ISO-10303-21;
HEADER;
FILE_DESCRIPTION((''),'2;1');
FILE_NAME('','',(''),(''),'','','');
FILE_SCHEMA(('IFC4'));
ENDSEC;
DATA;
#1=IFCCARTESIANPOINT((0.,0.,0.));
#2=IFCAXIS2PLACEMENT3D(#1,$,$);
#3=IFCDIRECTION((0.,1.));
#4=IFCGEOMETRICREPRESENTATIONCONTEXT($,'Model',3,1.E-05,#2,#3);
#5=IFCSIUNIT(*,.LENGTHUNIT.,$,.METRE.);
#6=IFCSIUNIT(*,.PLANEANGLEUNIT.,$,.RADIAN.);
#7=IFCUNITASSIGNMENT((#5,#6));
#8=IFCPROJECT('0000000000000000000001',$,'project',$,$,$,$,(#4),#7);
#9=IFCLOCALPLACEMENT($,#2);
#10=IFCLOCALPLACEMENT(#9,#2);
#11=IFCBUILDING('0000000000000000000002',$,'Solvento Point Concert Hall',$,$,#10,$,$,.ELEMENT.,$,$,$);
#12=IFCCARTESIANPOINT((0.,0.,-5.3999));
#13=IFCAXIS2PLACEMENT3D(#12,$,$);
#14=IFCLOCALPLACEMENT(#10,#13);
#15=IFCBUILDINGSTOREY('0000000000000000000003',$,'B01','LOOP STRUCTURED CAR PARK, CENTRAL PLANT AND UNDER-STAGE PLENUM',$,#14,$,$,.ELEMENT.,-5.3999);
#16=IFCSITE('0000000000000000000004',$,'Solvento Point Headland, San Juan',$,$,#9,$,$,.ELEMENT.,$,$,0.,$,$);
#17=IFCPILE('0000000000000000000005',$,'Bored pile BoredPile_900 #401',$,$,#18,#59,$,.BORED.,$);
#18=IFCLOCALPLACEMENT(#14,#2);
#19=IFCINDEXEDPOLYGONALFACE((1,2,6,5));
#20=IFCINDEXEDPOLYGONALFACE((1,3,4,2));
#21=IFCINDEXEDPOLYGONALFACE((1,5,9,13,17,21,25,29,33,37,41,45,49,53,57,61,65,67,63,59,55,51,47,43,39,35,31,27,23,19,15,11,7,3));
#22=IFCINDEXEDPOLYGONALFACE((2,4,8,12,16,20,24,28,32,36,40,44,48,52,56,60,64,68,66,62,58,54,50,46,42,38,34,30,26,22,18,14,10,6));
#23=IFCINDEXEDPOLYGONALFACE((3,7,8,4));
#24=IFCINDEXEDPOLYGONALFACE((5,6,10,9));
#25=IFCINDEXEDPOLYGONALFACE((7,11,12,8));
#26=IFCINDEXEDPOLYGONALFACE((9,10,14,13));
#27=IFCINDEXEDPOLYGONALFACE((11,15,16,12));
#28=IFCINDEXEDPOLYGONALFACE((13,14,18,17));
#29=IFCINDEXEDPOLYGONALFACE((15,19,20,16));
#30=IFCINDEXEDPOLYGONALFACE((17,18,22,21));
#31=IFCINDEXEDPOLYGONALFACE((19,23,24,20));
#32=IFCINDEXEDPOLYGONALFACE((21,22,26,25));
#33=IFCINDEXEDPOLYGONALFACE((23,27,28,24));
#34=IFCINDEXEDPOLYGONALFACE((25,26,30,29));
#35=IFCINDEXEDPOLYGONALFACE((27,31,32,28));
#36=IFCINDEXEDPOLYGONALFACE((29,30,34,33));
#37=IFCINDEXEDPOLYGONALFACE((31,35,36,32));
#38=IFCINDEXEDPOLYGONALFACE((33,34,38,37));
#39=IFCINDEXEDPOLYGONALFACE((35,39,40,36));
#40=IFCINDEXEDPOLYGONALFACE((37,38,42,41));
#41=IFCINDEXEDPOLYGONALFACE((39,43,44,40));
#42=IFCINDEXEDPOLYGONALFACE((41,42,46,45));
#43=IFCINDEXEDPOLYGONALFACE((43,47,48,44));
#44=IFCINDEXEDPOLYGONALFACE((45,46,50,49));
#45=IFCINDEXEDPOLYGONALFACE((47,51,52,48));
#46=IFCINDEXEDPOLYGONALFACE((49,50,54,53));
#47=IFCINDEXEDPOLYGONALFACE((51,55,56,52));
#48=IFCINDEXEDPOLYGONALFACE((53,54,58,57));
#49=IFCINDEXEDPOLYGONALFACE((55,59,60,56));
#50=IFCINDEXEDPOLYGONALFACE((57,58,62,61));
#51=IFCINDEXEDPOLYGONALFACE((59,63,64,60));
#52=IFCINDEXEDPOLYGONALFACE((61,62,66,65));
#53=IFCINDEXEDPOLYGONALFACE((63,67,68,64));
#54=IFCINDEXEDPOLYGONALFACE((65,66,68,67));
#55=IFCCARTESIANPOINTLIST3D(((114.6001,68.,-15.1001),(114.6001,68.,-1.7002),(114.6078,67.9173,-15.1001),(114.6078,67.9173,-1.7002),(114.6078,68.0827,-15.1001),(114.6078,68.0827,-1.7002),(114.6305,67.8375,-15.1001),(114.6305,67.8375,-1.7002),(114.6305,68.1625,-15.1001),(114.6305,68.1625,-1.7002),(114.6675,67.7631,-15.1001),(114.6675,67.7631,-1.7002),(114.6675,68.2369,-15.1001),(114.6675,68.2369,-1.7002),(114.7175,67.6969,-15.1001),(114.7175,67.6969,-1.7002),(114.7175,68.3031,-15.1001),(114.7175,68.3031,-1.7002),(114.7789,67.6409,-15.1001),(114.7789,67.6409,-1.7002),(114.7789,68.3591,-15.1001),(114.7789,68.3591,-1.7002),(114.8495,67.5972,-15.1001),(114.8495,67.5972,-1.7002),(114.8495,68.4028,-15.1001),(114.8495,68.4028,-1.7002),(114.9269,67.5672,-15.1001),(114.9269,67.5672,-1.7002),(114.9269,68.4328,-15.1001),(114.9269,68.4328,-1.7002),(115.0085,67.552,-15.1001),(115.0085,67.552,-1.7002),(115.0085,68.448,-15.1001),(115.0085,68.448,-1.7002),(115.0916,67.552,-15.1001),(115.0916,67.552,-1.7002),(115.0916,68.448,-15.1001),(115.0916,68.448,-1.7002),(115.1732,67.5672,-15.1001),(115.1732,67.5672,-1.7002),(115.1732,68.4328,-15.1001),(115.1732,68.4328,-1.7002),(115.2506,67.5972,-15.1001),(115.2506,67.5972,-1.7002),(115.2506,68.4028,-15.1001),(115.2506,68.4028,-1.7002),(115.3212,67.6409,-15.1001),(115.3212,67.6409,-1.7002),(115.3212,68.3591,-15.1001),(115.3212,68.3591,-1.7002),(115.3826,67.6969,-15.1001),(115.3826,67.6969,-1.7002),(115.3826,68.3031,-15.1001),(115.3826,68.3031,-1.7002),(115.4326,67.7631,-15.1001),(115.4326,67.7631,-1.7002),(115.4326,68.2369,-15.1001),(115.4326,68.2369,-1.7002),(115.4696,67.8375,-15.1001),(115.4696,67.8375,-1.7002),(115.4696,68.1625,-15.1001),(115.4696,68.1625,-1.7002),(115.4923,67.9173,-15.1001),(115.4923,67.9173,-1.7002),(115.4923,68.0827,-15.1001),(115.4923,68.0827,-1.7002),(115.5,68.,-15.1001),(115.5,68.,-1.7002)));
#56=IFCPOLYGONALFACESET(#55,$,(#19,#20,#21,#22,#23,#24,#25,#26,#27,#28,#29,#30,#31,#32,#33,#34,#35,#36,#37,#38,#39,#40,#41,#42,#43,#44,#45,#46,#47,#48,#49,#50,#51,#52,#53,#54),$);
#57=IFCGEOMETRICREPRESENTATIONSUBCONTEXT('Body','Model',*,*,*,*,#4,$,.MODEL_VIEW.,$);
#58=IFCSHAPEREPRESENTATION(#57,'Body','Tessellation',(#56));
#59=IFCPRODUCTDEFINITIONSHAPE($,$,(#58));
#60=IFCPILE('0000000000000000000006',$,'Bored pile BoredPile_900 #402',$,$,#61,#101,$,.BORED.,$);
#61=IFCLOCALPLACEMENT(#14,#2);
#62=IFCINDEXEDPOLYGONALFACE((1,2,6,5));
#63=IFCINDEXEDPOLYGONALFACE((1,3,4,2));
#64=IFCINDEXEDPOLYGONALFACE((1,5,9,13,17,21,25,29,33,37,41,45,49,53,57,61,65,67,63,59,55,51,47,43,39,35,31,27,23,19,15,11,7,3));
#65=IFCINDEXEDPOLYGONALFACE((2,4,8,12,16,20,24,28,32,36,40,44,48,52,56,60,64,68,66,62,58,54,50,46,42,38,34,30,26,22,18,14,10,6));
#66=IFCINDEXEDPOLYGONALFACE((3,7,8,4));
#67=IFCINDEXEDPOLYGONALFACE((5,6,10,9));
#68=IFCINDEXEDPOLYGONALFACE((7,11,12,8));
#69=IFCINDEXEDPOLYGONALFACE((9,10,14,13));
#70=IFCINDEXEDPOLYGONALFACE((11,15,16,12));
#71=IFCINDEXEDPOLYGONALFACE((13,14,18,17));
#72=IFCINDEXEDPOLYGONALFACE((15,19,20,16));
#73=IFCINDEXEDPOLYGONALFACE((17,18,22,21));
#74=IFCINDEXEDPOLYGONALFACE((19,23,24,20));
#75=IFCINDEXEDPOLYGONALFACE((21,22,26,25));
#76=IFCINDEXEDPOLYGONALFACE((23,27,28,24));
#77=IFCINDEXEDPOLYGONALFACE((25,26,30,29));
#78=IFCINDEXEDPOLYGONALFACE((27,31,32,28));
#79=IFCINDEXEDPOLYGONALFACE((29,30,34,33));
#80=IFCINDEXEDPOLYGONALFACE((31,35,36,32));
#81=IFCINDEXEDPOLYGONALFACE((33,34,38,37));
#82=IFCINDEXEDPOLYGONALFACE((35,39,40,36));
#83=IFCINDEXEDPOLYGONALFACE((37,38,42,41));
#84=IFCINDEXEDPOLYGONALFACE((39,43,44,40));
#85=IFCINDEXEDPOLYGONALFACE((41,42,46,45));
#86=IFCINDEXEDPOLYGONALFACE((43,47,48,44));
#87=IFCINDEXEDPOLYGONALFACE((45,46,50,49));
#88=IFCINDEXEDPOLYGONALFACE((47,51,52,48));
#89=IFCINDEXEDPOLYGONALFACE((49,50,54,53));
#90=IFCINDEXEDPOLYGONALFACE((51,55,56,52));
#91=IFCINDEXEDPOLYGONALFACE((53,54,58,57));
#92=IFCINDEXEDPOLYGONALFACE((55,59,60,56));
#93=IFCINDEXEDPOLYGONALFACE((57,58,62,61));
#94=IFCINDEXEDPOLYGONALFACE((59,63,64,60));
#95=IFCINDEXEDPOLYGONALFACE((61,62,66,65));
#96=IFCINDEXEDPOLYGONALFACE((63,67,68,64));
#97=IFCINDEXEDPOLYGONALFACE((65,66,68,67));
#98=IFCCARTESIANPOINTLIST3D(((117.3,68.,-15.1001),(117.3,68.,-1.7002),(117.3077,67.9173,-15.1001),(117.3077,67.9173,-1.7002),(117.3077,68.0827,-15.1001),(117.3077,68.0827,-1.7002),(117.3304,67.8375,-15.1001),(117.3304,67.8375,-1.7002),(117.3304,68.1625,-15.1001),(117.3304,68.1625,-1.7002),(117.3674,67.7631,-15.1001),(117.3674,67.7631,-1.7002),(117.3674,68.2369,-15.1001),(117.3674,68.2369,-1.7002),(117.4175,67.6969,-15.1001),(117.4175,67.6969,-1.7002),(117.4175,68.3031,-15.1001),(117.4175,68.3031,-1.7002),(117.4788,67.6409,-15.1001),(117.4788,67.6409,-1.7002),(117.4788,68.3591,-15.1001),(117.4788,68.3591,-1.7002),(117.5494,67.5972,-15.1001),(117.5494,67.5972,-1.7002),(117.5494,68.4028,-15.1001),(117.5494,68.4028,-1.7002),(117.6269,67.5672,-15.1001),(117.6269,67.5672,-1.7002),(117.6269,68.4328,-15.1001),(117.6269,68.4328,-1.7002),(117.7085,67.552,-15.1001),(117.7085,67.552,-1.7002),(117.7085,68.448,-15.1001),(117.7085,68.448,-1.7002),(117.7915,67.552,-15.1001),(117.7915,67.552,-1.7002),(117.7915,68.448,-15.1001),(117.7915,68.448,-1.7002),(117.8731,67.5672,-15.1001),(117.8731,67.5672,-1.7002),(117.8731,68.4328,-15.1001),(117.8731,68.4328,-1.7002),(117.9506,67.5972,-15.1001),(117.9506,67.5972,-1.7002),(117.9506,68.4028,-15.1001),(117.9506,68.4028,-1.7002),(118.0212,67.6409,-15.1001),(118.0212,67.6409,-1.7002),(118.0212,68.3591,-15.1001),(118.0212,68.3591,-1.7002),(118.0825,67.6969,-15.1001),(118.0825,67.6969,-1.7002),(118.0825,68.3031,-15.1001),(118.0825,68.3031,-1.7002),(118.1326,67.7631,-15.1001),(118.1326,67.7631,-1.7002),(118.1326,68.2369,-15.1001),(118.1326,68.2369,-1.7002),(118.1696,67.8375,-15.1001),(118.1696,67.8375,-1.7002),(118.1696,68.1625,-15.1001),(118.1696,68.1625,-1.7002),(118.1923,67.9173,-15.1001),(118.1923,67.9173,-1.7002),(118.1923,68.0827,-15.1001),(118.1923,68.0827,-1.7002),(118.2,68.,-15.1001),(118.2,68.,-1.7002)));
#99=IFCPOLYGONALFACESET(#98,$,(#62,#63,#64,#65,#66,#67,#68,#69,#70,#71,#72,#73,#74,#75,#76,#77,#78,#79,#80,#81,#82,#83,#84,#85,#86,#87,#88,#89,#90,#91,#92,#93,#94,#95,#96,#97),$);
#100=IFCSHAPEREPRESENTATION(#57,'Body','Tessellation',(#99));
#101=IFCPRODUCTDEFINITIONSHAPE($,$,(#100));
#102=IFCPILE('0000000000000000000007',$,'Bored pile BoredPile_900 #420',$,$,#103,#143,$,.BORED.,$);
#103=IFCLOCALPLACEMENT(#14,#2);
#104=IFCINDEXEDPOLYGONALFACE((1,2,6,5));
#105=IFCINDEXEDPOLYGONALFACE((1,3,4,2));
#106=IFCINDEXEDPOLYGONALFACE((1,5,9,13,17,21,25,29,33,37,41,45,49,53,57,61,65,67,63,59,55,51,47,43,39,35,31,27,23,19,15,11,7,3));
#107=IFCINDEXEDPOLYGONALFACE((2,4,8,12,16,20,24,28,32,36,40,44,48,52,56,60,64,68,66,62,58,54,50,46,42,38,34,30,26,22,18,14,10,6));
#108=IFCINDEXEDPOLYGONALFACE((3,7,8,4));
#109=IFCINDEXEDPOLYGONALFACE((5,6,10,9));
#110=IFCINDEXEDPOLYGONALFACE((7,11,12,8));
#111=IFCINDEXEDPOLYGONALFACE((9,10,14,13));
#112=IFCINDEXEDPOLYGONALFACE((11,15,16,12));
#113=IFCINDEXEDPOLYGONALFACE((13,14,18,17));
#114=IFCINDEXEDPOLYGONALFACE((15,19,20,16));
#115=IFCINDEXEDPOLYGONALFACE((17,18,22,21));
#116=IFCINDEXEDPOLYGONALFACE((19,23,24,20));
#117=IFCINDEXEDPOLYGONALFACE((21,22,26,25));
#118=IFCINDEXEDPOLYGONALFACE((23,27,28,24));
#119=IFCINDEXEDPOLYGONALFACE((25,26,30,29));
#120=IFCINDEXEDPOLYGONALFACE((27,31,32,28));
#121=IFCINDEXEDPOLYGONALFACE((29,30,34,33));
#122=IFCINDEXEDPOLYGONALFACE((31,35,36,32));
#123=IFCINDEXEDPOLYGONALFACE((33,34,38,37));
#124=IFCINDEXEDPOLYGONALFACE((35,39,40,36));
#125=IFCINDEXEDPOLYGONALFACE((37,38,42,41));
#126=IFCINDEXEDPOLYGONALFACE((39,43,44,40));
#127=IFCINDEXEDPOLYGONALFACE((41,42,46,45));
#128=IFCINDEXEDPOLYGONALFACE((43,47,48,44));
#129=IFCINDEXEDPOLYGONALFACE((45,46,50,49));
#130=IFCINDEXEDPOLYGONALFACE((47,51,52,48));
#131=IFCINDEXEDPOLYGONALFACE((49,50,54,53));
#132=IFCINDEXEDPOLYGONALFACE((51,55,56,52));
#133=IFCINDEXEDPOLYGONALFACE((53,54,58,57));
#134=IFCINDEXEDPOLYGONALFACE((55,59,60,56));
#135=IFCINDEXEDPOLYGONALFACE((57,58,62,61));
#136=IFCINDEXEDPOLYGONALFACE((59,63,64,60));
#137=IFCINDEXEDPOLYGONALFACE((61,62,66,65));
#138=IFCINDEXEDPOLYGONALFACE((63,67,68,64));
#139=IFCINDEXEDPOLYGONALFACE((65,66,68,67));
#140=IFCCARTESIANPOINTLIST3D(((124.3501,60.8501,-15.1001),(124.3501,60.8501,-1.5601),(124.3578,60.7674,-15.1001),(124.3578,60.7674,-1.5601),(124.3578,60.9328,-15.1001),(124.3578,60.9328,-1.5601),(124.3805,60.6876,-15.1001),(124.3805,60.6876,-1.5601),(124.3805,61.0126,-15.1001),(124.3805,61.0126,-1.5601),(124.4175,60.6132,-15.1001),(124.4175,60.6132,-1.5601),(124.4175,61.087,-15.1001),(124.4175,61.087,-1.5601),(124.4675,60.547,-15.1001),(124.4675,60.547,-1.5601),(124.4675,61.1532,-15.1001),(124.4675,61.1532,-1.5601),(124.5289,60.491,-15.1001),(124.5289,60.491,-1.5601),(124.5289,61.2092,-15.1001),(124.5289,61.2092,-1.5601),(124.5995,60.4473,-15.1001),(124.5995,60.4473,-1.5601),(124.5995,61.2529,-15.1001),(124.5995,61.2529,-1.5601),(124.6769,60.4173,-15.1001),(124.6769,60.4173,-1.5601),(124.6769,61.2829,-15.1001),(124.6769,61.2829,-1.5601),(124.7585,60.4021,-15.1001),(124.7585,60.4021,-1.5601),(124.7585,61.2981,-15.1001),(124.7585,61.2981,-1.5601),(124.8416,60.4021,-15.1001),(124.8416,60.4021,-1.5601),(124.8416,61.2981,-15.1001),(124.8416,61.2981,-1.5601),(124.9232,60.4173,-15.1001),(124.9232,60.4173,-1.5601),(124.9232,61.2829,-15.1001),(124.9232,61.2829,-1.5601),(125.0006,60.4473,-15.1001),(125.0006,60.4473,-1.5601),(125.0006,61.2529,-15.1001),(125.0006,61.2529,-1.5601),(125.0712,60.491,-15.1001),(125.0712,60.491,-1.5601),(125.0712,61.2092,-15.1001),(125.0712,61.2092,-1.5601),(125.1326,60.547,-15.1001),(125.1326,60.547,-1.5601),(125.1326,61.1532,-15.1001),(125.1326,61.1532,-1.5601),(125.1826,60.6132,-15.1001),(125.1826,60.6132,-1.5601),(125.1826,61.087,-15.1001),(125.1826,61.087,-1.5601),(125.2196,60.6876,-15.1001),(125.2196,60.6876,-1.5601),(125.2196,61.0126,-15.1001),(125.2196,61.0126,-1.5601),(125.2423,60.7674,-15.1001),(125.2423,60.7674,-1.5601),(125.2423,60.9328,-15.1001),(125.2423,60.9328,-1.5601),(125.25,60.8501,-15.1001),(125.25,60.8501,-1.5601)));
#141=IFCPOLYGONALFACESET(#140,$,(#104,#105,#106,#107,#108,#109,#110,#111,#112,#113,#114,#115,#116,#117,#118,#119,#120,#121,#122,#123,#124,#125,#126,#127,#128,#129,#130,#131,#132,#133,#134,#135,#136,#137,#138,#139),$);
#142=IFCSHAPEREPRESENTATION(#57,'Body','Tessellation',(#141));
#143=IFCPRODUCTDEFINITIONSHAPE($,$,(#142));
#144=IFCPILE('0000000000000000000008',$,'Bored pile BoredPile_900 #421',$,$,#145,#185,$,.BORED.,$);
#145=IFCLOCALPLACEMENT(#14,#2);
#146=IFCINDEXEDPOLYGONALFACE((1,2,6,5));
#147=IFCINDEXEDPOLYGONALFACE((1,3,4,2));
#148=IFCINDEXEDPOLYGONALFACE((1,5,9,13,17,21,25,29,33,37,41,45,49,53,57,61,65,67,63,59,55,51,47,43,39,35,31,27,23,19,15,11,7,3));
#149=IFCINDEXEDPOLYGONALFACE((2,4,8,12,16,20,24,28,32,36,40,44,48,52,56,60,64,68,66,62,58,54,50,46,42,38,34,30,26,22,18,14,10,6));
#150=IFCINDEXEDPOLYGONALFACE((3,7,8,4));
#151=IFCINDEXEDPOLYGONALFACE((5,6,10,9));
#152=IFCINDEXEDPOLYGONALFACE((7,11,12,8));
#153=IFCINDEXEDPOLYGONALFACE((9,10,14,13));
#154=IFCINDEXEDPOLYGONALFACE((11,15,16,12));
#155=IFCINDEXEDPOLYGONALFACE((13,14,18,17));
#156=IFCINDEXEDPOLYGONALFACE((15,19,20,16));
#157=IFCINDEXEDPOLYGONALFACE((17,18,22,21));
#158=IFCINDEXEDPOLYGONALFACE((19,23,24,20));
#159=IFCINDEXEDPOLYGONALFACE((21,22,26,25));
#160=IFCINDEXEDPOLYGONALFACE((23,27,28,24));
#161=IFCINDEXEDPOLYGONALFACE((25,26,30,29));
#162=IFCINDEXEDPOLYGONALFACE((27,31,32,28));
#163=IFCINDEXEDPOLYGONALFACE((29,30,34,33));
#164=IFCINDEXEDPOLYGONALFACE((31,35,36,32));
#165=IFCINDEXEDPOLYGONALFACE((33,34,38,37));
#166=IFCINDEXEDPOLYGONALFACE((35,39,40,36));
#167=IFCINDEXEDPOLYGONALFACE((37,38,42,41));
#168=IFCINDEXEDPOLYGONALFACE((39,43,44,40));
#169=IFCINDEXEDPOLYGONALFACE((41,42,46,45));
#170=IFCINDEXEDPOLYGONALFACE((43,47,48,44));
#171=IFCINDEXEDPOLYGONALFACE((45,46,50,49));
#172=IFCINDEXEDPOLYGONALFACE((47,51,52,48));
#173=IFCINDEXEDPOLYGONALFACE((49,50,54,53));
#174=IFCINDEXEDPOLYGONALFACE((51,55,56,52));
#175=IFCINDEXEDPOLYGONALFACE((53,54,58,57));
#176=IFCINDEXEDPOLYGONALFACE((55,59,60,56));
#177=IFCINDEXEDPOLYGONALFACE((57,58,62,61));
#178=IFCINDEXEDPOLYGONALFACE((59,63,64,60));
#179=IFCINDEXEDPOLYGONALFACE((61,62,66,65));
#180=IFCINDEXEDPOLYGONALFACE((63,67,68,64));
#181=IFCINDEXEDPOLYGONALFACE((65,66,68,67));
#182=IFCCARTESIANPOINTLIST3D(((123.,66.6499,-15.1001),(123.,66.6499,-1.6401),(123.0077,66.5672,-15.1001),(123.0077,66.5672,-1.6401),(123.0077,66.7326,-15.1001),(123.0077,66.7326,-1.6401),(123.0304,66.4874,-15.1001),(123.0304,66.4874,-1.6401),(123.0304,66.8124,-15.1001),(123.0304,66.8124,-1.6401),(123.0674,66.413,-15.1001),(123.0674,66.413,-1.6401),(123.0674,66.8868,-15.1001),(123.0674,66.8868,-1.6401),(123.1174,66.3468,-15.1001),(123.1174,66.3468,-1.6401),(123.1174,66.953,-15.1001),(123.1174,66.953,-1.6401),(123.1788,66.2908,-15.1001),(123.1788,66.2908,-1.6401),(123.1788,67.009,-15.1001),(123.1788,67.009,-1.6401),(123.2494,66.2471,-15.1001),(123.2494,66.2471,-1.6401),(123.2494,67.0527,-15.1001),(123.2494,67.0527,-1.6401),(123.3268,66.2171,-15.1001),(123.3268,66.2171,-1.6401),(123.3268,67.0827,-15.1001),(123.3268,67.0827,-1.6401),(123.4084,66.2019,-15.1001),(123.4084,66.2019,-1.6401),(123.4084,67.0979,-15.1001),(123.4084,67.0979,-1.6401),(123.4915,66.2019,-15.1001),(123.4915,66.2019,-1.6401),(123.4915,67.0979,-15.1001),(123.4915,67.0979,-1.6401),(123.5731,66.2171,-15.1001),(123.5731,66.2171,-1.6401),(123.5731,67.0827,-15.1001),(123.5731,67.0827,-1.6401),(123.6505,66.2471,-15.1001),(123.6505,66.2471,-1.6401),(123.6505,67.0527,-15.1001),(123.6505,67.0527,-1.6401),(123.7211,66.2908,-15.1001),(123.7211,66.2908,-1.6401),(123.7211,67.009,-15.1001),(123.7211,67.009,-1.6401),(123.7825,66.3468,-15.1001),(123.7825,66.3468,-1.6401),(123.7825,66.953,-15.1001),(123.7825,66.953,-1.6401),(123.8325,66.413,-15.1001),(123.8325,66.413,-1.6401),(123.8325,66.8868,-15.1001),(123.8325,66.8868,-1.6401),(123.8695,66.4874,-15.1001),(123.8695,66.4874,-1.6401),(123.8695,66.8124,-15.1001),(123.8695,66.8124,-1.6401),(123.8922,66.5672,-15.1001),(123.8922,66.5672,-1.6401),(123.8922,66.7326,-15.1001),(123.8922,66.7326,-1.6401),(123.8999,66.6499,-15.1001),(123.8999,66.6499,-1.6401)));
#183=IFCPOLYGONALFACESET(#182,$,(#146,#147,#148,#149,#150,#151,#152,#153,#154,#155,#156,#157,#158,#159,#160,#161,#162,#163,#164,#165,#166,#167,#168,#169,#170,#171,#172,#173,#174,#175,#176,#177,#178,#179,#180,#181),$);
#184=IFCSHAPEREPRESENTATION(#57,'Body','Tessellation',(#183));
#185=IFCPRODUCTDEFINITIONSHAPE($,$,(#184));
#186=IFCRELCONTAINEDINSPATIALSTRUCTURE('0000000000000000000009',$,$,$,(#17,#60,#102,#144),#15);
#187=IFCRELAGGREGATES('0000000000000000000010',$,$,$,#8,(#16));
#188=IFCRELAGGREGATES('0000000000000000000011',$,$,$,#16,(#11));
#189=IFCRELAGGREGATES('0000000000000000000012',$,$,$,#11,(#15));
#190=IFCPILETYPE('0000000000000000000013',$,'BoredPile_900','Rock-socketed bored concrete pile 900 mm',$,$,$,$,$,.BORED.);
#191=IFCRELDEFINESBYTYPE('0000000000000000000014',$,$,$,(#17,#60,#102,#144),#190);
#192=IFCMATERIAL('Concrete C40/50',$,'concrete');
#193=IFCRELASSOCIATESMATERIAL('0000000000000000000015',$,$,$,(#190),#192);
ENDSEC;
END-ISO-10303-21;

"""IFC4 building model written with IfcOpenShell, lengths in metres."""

from ifc_helpers import new_model, si_unit, direction, frame, origin, origin_2d, place, context, subcontext, project, spatial, circle, extrude, material, material_profile, profile_set, type_object, element, save


model = new_model("IFC4")

# Units and contexts
model_context = context("Model", 3, precision=1e-05, world=origin(), true_north=direction((0.0, 1.0)))
body_context = subcontext(model_context, "Body", "Model", "MODEL_VIEW")
ifc_project = project(units=[si_unit("LENGTHUNIT", "METRE"), si_unit("PLANEANGLEUNIT", "RADIAN")], contexts=[model_context])

# Site, building, storey
site_placement = place(None, origin())
site = spatial("IfcSite", under=ifc_project, at=site_placement, Name="Solvento Point Headland, San Juan", CompositionType="ELEMENT", RefElevation=0.0)
building_placement = place(site_placement, origin())
building = spatial("IfcBuilding", under=site, at=building_placement, Name="Solvento Point Concert Hall", CompositionType="ELEMENT")
storey_placement = place(building_placement, frame((0.0, 0.0, -5.3999)))
storey = spatial("IfcBuildingStorey", under=building, at=storey_placement, Name="B01", Description="LOOP STRUCTURED CAR PARK, CENTRAL PLANT AND UNDER-STAGE PLENUM", CompositionType="ELEMENT", Elevation=-5.3999)

# Piles
ifc_material_1 = material(Name="Concrete C40/50", Category="concrete")
ifc_material_profile_1 = material_profile(ifc_material_1, circle(Radius=0.45, at=origin_2d()), Name="BP-900")
ifc_profile_set_1 = profile_set([ifc_material_profile_1], Name="Concrete C40/50")
pile_type_1 = type_object("IfcPileType", Name="BoredPile_900", Description="Rock-socketed bored concrete pile 900 mm", PredefinedType="BORED", material=ifc_profile_set_1)
for number, where, z_axis, x_axis, name in (
    (1, (115.05, 68.0, -1.7002), (0.0, 0.0, -1.0), (1.0, 0.0, 0.0), "Bored pile BoredPile_900 #401"),
    (2, (117.75, 68.0, -1.7002), (0.0, 0.0, -1.0), (1.0, 0.0, 0.0), "Bored pile BoredPile_900 #402"),
):
    element("IfcPile", number, at=place(storey_placement, frame(where, z_axis=z_axis, x_axis=x_axis)), inside=storey, type_object=pile_type_1, Name=name, PredefinedType="BORED", context=body_context, shape_type="SweptSolid", body=[
        extrude(circle(Radius=0.45, at=origin_2d()), origin(), (0.0, 0.0, 1.0), 13.3999),
    ])
pile_1_placement = place(storey_placement, frame((124.8, 60.8501, -1.5601), z_axis=(0.0, 0.0, -1.0), x_axis=(1.0, 0.0, 0.0)))
element("IfcPile", 3, at=pile_1_placement, inside=storey, type_object=pile_type_1, Name="Bored pile BoredPile_900 #420", PredefinedType="BORED", context=body_context, shape_type="SweptSolid", body=[
    extrude(circle(Radius=0.45, at=origin_2d()), origin(), (0.0, 0.0, 1.0), 13.54),
])
for number, where, z_axis, x_axis, name in (
    (4, (123.45, 66.6499, -1.6401), (0.0, 0.0, -1.0), (1.0, 0.0, 0.0), "Bored pile BoredPile_900 #421"),
):
    element("IfcPile", number, at=place(storey_placement, frame(where, z_axis=z_axis, x_axis=x_axis)), inside=storey, type_object=pile_type_1, Name=name, PredefinedType="BORED", context=body_context, shape_type="SweptSolid", body=[
        extrude(circle(Radius=0.45, at=origin_2d()), origin(), (0.0, 0.0, 1.0), 13.46),
    ])

save(model, "model.ifc")
